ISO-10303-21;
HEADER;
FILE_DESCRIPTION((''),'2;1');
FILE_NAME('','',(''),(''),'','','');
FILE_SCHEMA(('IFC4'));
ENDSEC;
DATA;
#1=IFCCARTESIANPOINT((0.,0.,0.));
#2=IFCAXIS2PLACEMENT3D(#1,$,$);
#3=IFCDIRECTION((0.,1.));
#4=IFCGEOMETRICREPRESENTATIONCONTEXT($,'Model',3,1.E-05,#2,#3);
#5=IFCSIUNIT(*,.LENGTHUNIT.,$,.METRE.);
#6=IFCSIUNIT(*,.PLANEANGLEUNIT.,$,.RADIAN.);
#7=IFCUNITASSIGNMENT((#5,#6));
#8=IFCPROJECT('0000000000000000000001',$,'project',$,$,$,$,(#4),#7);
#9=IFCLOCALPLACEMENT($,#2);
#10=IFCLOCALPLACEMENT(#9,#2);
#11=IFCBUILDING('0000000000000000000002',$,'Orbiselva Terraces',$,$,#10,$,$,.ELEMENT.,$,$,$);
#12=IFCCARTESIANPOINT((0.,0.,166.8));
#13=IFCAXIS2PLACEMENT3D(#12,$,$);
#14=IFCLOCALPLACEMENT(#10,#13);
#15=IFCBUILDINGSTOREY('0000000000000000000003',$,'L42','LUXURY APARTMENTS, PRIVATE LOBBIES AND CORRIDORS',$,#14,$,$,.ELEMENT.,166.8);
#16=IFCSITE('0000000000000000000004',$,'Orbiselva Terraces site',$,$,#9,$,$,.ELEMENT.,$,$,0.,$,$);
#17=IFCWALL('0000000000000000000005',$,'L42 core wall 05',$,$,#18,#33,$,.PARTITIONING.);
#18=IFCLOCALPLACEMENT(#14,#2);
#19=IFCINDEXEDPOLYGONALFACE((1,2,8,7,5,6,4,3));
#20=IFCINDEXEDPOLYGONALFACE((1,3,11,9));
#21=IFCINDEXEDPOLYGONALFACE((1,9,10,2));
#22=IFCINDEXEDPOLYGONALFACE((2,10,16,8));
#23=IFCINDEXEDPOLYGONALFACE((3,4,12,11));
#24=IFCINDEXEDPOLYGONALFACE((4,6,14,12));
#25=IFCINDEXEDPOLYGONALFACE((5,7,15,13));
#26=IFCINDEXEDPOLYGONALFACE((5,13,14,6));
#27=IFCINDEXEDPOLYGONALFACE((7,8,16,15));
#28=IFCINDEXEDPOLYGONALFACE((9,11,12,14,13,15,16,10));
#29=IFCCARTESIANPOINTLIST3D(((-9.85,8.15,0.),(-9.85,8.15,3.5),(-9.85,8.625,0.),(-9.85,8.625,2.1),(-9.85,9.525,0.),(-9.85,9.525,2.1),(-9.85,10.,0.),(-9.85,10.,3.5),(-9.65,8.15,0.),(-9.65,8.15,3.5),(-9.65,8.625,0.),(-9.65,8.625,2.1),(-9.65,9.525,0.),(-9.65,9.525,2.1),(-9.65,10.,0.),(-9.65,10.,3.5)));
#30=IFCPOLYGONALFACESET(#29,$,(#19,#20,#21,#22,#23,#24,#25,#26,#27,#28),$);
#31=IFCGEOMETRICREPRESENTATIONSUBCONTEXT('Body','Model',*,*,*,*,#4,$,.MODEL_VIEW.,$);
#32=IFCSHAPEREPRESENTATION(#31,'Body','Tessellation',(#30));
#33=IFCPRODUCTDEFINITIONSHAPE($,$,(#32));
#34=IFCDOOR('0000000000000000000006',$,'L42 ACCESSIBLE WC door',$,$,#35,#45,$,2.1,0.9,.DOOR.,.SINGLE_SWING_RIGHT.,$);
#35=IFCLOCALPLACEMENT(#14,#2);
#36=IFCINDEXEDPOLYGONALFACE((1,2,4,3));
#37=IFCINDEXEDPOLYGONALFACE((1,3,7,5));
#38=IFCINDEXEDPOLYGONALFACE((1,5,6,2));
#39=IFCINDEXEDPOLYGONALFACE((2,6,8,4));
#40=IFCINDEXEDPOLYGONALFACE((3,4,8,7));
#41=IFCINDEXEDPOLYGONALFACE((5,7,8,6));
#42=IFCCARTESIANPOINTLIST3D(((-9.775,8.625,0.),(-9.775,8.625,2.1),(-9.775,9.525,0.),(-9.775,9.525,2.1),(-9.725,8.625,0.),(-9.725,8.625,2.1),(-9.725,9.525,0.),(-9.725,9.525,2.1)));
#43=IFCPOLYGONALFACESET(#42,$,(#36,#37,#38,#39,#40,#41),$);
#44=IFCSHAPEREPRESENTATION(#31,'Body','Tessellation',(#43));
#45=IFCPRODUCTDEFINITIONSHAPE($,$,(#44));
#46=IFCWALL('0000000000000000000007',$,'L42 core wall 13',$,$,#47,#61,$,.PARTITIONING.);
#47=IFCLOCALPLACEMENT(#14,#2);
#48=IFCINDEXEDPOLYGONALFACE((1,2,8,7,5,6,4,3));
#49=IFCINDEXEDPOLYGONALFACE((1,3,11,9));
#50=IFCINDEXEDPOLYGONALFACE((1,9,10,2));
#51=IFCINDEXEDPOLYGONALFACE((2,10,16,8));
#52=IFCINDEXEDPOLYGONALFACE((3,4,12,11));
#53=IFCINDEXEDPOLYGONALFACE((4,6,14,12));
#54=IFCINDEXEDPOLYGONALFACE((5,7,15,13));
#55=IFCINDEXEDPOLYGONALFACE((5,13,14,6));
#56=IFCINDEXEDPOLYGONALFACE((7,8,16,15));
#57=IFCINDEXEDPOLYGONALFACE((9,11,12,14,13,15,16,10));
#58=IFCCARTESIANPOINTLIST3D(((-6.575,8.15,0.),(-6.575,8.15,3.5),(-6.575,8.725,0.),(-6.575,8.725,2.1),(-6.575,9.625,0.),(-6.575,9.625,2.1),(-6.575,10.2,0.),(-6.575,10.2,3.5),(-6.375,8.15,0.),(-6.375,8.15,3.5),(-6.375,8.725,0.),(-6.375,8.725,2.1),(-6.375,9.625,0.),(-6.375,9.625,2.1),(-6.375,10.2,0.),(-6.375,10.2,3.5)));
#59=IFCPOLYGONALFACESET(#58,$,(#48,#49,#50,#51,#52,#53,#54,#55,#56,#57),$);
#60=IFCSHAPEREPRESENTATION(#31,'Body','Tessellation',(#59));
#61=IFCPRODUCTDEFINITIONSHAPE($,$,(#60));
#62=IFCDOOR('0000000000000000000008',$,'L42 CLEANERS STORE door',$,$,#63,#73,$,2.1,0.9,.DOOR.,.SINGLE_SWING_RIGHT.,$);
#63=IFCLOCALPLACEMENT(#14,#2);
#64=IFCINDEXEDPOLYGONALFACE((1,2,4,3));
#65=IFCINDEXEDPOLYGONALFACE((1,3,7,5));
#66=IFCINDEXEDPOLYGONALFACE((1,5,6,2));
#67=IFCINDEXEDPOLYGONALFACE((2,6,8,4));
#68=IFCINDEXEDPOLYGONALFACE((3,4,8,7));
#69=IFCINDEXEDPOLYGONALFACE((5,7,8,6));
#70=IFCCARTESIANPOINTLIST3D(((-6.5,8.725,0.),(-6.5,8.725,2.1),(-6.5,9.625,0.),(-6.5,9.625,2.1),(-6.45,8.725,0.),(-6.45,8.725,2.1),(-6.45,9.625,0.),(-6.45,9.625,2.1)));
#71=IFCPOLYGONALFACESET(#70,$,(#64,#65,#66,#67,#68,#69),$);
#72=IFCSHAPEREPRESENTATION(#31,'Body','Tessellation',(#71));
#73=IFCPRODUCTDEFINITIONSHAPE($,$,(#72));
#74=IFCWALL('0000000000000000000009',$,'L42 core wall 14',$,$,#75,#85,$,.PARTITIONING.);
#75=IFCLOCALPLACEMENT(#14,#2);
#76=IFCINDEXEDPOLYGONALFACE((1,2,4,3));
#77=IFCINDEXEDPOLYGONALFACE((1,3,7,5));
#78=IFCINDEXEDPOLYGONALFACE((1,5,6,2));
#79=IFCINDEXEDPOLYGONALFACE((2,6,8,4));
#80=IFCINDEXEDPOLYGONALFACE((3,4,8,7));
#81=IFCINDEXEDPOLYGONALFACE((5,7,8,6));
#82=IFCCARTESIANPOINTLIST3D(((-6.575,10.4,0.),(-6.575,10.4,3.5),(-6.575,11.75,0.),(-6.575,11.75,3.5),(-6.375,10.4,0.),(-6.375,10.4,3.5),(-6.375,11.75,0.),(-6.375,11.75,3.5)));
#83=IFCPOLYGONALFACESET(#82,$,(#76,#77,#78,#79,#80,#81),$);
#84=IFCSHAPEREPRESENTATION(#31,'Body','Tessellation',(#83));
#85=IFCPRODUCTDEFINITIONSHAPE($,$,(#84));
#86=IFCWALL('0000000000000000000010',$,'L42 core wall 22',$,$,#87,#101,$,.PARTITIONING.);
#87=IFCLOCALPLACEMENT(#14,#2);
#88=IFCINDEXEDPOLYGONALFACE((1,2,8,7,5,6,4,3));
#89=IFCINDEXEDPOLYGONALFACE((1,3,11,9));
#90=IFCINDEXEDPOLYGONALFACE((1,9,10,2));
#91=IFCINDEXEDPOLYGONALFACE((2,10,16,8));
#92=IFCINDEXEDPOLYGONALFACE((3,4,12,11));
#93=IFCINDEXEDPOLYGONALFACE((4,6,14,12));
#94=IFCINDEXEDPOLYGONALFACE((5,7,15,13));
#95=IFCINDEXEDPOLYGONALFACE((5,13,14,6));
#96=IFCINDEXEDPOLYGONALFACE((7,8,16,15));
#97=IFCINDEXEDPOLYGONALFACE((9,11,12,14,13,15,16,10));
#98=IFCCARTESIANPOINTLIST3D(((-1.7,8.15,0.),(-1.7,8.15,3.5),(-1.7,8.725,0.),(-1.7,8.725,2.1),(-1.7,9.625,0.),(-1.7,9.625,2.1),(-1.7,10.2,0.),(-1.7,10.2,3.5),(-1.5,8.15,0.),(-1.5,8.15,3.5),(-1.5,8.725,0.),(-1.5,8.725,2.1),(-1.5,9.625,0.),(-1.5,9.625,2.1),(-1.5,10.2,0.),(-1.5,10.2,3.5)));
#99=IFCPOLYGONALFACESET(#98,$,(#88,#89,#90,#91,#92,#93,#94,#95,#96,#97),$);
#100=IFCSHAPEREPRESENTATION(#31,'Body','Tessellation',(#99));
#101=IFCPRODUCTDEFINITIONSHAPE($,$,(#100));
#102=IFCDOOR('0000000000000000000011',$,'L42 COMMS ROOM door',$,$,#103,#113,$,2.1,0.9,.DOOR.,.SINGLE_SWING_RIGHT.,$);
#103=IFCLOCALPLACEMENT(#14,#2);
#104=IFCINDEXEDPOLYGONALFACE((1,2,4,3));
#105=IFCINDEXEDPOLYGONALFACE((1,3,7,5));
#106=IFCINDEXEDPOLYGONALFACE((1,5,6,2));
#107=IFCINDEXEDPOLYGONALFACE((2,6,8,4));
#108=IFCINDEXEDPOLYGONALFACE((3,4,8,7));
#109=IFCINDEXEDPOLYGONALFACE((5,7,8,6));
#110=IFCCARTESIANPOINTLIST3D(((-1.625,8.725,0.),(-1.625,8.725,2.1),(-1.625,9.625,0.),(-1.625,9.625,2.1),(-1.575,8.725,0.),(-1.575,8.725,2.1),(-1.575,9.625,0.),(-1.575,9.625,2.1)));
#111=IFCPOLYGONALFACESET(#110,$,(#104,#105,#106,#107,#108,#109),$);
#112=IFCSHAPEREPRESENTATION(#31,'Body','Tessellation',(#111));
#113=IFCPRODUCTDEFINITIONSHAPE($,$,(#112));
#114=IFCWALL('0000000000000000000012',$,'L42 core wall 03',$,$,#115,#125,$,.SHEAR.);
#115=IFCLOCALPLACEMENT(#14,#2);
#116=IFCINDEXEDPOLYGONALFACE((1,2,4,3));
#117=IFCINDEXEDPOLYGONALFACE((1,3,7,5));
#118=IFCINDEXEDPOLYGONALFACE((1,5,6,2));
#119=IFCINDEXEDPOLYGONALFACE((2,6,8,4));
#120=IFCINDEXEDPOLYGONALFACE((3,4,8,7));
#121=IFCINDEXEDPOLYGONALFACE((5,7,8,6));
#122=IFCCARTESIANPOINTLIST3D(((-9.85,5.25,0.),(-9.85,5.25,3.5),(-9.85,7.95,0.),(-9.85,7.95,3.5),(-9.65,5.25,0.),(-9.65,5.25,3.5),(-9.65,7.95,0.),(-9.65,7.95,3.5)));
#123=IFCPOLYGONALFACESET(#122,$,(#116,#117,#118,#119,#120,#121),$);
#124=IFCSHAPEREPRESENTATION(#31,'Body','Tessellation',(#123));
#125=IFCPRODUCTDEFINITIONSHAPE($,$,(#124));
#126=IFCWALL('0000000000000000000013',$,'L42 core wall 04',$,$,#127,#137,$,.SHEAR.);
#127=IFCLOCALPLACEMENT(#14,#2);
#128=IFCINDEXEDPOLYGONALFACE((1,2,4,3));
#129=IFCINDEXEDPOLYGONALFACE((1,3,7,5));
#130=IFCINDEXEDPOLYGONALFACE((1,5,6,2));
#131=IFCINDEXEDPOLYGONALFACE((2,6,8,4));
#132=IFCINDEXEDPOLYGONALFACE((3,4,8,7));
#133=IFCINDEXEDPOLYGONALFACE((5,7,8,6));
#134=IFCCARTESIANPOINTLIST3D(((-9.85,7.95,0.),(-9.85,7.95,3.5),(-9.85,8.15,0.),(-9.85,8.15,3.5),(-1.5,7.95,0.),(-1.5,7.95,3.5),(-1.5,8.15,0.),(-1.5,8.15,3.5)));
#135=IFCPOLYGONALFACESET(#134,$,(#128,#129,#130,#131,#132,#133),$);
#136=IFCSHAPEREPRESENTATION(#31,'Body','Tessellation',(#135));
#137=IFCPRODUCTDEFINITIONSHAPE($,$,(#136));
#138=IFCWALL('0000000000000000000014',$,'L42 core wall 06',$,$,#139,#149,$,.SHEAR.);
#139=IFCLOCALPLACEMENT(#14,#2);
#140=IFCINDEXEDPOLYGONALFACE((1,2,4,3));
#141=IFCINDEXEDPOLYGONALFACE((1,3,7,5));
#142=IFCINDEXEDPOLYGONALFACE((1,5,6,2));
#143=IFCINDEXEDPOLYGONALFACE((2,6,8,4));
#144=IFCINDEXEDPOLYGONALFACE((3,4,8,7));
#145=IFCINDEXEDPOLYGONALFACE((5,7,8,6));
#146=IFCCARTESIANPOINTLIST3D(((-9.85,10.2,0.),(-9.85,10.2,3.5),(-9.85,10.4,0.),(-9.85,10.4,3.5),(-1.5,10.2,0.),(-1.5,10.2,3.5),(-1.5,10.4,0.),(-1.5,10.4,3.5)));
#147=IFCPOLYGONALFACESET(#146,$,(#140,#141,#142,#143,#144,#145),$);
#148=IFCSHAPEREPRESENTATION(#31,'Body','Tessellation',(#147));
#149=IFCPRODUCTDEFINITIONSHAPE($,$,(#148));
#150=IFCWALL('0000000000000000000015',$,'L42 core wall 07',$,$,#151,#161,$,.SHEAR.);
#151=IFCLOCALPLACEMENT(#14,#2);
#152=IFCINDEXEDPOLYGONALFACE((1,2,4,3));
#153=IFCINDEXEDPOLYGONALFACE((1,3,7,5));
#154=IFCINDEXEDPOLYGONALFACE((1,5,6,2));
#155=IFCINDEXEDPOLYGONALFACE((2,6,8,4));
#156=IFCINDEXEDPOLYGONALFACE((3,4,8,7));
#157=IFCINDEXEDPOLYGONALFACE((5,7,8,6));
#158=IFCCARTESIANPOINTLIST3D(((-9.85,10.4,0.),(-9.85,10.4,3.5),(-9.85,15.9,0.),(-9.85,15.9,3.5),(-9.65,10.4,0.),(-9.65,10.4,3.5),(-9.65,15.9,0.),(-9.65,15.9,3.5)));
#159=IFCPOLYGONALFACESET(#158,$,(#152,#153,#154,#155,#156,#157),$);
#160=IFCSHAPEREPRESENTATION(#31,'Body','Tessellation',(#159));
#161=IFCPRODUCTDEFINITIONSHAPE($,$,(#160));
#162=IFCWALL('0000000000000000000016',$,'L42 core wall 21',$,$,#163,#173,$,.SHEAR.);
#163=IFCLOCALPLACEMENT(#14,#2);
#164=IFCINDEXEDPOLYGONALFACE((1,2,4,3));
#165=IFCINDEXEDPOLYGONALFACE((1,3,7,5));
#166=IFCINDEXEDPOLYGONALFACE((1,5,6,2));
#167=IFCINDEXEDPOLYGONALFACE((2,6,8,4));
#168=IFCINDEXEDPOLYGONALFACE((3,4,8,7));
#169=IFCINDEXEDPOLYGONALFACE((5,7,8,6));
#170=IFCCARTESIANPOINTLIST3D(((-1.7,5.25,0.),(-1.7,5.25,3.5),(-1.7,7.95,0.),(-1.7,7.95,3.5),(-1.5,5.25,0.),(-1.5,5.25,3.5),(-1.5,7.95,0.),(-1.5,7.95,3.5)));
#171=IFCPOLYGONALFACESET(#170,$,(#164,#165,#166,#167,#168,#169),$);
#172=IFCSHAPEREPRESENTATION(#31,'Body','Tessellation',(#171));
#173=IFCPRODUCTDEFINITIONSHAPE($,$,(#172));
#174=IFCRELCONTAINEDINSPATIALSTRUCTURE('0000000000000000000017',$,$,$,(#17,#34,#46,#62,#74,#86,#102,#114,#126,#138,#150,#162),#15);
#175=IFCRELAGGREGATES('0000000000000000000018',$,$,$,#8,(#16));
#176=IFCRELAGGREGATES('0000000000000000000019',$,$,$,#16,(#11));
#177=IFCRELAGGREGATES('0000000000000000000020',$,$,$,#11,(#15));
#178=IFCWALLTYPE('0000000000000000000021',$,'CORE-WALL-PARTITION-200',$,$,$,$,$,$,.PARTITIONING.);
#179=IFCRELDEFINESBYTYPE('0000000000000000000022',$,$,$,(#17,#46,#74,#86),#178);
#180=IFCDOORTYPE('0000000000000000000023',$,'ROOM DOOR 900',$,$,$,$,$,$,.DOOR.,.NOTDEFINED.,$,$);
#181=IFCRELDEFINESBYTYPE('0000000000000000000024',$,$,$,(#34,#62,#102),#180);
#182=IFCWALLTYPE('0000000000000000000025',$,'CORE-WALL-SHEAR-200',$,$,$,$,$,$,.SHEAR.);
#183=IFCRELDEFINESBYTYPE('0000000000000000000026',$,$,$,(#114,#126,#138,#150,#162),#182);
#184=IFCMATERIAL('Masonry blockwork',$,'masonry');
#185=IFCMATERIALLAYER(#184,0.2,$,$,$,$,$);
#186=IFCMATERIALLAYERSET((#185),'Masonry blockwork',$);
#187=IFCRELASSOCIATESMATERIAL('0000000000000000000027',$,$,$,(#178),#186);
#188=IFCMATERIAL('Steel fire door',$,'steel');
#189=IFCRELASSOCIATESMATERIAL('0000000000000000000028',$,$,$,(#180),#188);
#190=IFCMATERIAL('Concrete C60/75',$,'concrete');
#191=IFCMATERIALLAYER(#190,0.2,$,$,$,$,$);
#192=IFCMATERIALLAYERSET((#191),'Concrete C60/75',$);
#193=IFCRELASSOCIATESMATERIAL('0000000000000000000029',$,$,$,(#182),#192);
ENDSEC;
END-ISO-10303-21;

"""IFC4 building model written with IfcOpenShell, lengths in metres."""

from ifc_helpers import new_model, si_unit, direction, frame, frame_2d, origin, place, context, subcontext, project, spatial, rectangle, extrude, material, layer, layer_set, type_object, element, fill, save


model = new_model("IFC4")

# Units and contexts
model_context = context("Model", 3, precision=1e-05, world=origin(), true_north=direction((0.0, 1.0)))
body_context = subcontext(model_context, "Body", "Model", "MODEL_VIEW")
ifc_project = project(units=[si_unit("LENGTHUNIT", "METRE"), si_unit("PLANEANGLEUNIT", "RADIAN")], contexts=[model_context])

# Site, building, storey
site_placement = place(None, origin())
site = spatial("IfcSite", under=ifc_project, at=site_placement, Name="Orbiselva Terraces site", CompositionType="ELEMENT", RefElevation=0.0)
building_placement = place(site_placement, origin())
building = spatial("IfcBuilding", under=site, at=building_placement, Name="Orbiselva Terraces", CompositionType="ELEMENT")
storey_placement = place(building_placement, frame((0.0, 0.0, 166.8)))
storey = spatial("IfcBuildingStorey", under=building, at=storey_placement, Name="L42", Description="LUXURY APARTMENTS, PRIVATE LOBBIES AND CORRIDORS", CompositionType="ELEMENT", Elevation=166.8)

# Walls, openings, doors
ifc_material_1 = material(Name="Masonry blockwork", Category="masonry")
ifc_layer_1 = layer(ifc_material_1, 0.2)
ifc_layer_set_1 = layer_set([ifc_layer_1], Name="Masonry blockwork")
wall_type_1 = type_object("IfcWallType", Name="CORE-WALL-PARTITION-200", PredefinedType="PARTITIONING", material=ifc_layer_set_1)
wall_1_placement = place(storey_placement, frame((-9.75, 8.15, 0.0), z_axis=(0.0, 0.0, 1.0), x_axis=(0.0, 1.0, 0.0)))
wall_1 = element("IfcWall", 1, at=wall_1_placement, inside=storey, type_object=wall_type_1, Name="L42 core wall 05", PredefinedType="PARTITIONING", context=body_context, shape_type="SweptSolid", body=[
    extrude(rectangle(XDim=1.85, YDim=0.2, at=frame_2d((0.925, 0.0))), origin(), (0.0, 0.0, 1.0), 3.5),
])
opening_1_placement = place(wall_1_placement, frame((0.475, 0.0, 0.0)))
opening_1 = element("IfcOpeningElement", 2, at=opening_1_placement, cuts=wall_1, PredefinedType="OPENING", context=body_context, shape_type="SweptSolid", body=[
    extrude(rectangle(XDim=0.9, YDim=2.1, at=frame_2d((0.45, 1.05))), frame((0.0, 0.11, 0.0), z_axis=(0.0, -1.0, 0.0), x_axis=(1.0, 0.0, 0.0)), (0.0, 0.0, 1.0), 0.22),
])
ifc_material_2 = material(Name="Steel fire door", Category="steel")
door_type = type_object("IfcDoorType", Name="ROOM DOOR 900", OperationType="NOTDEFINED", PredefinedType="DOOR", material=ifc_material_2)
door_1_placement = place(opening_1_placement, origin())
door_1 = element("IfcDoor", 3, at=door_1_placement, inside=storey, type_object=door_type, Name="L42 ACCESSIBLE WC door", OperationType="SINGLE_SWING_RIGHT", OverallHeight=2.1, OverallWidth=0.9, PredefinedType="DOOR", context=body_context, shape_type="SweptSolid", body=[
    extrude(rectangle(XDim=0.9, YDim=2.1, at=frame_2d((0.45, 1.05))), frame((0.0, 0.025, 0.0), z_axis=(0.0, -1.0, 0.0), x_axis=(1.0, 0.0, 0.0)), (0.0, 0.0, 1.0), 0.05),
])
fill(opening_1, door_1)
wall_2_placement = place(storey_placement, frame((-6.475, 8.15, 0.0), z_axis=(0.0, 0.0, 1.0), x_axis=(0.0, 1.0, 0.0)))
wall_2 = element("IfcWall", 4, at=wall_2_placement, inside=storey, type_object=wall_type_1, Name="L42 core wall 13", PredefinedType="PARTITIONING", context=body_context, shape_type="SweptSolid", body=[
    extrude(rectangle(XDim=2.05, YDim=0.2, at=frame_2d((1.025, 0.0))), origin(), (0.0, 0.0, 1.0), 3.5),
])
opening_2_placement = place(wall_2_placement, frame((0.575, 0.0, 0.0)))
opening_2 = element("IfcOpeningElement", 5, at=opening_2_placement, cuts=wall_2, PredefinedType="OPENING", context=body_context, shape_type="SweptSolid", body=[
    extrude(rectangle(XDim=0.9, YDim=2.1, at=frame_2d((0.45, 1.05))), frame((0.0, 0.11, 0.0), z_axis=(0.0, -1.0, 0.0), x_axis=(1.0, 0.0, 0.0)), (0.0, 0.0, 1.0), 0.22),
])
door_2_placement = place(opening_2_placement, origin())
door_2 = element("IfcDoor", 6, at=door_2_placement, inside=storey, type_object=door_type, Name="L42 CLEANERS STORE door", OperationType="SINGLE_SWING_RIGHT", OverallHeight=2.1, OverallWidth=0.9, PredefinedType="DOOR", context=body_context, shape_type="SweptSolid", body=[
    extrude(rectangle(XDim=0.9, YDim=2.1, at=frame_2d((0.45, 1.05))), frame((0.0, 0.025, 0.0), z_axis=(0.0, -1.0, 0.0), x_axis=(1.0, 0.0, 0.0)), (0.0, 0.0, 1.0), 0.05),
])
fill(opening_2, door_2)

# Wall
wall_3_placement = place(storey_placement, frame((-6.475, 10.4, 0.0), z_axis=(0.0, 0.0, 1.0), x_axis=(0.0, 1.0, 0.0)))
element("IfcWall", 7, at=wall_3_placement, inside=storey, type_object=wall_type_1, Name="L42 core wall 14", PredefinedType="PARTITIONING", context=body_context, shape_type="SweptSolid", body=[
    extrude(rectangle(XDim=1.35, YDim=0.2, at=frame_2d((0.675, 0.0))), origin(), (0.0, 0.0, 1.0), 3.5),
])

# Wall, opening, door
wall_4_placement = place(storey_placement, frame((-1.6, 8.15, 0.0), z_axis=(0.0, 0.0, 1.0), x_axis=(0.0, 1.0, 0.0)))
wall_4 = element("IfcWall", 8, at=wall_4_placement, inside=storey, type_object=wall_type_1, Name="L42 core wall 22", PredefinedType="PARTITIONING", context=body_context, shape_type="SweptSolid", body=[
    extrude(rectangle(XDim=2.05, YDim=0.2, at=frame_2d((1.025, 0.0))), origin(), (0.0, 0.0, 1.0), 3.5),
])
opening_3_placement = place(wall_4_placement, frame((0.575, 0.0, 0.0)))
opening_3 = element("IfcOpeningElement", 9, at=opening_3_placement, cuts=wall_4, PredefinedType="OPENING", context=body_context, shape_type="SweptSolid", body=[
    extrude(rectangle(XDim=0.9, YDim=2.1, at=frame_2d((0.45, 1.05))), frame((0.0, 0.11, 0.0), z_axis=(0.0, -1.0, 0.0), x_axis=(1.0, 0.0, 0.0)), (0.0, 0.0, 1.0), 0.22),
])
door_3_placement = place(opening_3_placement, origin())
door_3 = element("IfcDoor", 10, at=door_3_placement, inside=storey, type_object=door_type, Name="L42 COMMS ROOM door", OperationType="SINGLE_SWING_RIGHT", OverallHeight=2.1, OverallWidth=0.9, PredefinedType="DOOR", context=body_context, shape_type="SweptSolid", body=[
    extrude(rectangle(XDim=0.9, YDim=2.1, at=frame_2d((0.45, 1.05))), frame((0.0, 0.025, 0.0), z_axis=(0.0, -1.0, 0.0), x_axis=(1.0, 0.0, 0.0)), (0.0, 0.0, 1.0), 0.05),
])
fill(opening_3, door_3)

# Walls
ifc_material_3 = material(Name="Concrete C60/75", Category="concrete")
ifc_layer_2 = layer(ifc_material_3, 0.2)
ifc_layer_set_2 = layer_set([ifc_layer_2], Name="Concrete C60/75")
wall_type_2 = type_object("IfcWallType", Name="CORE-WALL-SHEAR-200", PredefinedType="SHEAR", material=ifc_layer_set_2)
wall_5_placement = place(storey_placement, frame((-9.75, 5.25, 0.0), z_axis=(0.0, 0.0, 1.0), x_axis=(0.0, 1.0, 0.0)))
element("IfcWall", 11, at=wall_5_placement, inside=storey, type_object=wall_type_2, Name="L42 core wall 03", PredefinedType="SHEAR", context=body_context, shape_type="SweptSolid", body=[
    extrude(rectangle(XDim=2.7, YDim=0.2, at=frame_2d((1.35, 0.0))), origin(), (0.0, 0.0, 1.0), 3.5),
])
for number, where, z_axis, x_axis, name in (
    (12, (-9.85, 8.05, 0.0), (0.0, 0.0, 1.0), (1.0, 0.0, 0.0), "L42 core wall 04"),
    (13, (-9.85, 10.3, 0.0), (0.0, 0.0, 1.0), (1.0, 0.0, 0.0), "L42 core wall 06"),
):
    element("IfcWall", number, at=place(storey_placement, frame(where, z_axis=z_axis, x_axis=x_axis)), inside=storey, type_object=wall_type_2, Name=name, PredefinedType="SHEAR", context=body_context, shape_type="SweptSolid", body=[
        extrude(rectangle(XDim=8.35, YDim=0.2, at=frame_2d((4.175, 0.0))), origin(), (0.0, 0.0, 1.0), 3.5),
    ])
wall_6_placement = place(storey_placement, frame((-9.75, 10.4, 0.0), z_axis=(0.0, 0.0, 1.0), x_axis=(0.0, 1.0, 0.0)))
element("IfcWall", 14, at=wall_6_placement, inside=storey, type_object=wall_type_2, Name="L42 core wall 07", PredefinedType="SHEAR", context=body_context, shape_type="SweptSolid", body=[
    extrude(rectangle(XDim=5.5, YDim=0.2, at=frame_2d((2.75, 0.0))), origin(), (0.0, 0.0, 1.0), 3.5),
])
wall_7_placement = place(storey_placement, frame((-1.6, 5.25, 0.0), z_axis=(0.0, 0.0, 1.0), x_axis=(0.0, 1.0, 0.0)))
element("IfcWall", 15, at=wall_7_placement, inside=storey, type_object=wall_type_2, Name="L42 core wall 21", PredefinedType="SHEAR", context=body_context, shape_type="SweptSolid", body=[
    extrude(rectangle(XDim=2.7, YDim=0.2, at=frame_2d((1.35, 0.0))), origin(), (0.0, 0.0, 1.0), 3.5),
])

save(model, "model.ifc")
